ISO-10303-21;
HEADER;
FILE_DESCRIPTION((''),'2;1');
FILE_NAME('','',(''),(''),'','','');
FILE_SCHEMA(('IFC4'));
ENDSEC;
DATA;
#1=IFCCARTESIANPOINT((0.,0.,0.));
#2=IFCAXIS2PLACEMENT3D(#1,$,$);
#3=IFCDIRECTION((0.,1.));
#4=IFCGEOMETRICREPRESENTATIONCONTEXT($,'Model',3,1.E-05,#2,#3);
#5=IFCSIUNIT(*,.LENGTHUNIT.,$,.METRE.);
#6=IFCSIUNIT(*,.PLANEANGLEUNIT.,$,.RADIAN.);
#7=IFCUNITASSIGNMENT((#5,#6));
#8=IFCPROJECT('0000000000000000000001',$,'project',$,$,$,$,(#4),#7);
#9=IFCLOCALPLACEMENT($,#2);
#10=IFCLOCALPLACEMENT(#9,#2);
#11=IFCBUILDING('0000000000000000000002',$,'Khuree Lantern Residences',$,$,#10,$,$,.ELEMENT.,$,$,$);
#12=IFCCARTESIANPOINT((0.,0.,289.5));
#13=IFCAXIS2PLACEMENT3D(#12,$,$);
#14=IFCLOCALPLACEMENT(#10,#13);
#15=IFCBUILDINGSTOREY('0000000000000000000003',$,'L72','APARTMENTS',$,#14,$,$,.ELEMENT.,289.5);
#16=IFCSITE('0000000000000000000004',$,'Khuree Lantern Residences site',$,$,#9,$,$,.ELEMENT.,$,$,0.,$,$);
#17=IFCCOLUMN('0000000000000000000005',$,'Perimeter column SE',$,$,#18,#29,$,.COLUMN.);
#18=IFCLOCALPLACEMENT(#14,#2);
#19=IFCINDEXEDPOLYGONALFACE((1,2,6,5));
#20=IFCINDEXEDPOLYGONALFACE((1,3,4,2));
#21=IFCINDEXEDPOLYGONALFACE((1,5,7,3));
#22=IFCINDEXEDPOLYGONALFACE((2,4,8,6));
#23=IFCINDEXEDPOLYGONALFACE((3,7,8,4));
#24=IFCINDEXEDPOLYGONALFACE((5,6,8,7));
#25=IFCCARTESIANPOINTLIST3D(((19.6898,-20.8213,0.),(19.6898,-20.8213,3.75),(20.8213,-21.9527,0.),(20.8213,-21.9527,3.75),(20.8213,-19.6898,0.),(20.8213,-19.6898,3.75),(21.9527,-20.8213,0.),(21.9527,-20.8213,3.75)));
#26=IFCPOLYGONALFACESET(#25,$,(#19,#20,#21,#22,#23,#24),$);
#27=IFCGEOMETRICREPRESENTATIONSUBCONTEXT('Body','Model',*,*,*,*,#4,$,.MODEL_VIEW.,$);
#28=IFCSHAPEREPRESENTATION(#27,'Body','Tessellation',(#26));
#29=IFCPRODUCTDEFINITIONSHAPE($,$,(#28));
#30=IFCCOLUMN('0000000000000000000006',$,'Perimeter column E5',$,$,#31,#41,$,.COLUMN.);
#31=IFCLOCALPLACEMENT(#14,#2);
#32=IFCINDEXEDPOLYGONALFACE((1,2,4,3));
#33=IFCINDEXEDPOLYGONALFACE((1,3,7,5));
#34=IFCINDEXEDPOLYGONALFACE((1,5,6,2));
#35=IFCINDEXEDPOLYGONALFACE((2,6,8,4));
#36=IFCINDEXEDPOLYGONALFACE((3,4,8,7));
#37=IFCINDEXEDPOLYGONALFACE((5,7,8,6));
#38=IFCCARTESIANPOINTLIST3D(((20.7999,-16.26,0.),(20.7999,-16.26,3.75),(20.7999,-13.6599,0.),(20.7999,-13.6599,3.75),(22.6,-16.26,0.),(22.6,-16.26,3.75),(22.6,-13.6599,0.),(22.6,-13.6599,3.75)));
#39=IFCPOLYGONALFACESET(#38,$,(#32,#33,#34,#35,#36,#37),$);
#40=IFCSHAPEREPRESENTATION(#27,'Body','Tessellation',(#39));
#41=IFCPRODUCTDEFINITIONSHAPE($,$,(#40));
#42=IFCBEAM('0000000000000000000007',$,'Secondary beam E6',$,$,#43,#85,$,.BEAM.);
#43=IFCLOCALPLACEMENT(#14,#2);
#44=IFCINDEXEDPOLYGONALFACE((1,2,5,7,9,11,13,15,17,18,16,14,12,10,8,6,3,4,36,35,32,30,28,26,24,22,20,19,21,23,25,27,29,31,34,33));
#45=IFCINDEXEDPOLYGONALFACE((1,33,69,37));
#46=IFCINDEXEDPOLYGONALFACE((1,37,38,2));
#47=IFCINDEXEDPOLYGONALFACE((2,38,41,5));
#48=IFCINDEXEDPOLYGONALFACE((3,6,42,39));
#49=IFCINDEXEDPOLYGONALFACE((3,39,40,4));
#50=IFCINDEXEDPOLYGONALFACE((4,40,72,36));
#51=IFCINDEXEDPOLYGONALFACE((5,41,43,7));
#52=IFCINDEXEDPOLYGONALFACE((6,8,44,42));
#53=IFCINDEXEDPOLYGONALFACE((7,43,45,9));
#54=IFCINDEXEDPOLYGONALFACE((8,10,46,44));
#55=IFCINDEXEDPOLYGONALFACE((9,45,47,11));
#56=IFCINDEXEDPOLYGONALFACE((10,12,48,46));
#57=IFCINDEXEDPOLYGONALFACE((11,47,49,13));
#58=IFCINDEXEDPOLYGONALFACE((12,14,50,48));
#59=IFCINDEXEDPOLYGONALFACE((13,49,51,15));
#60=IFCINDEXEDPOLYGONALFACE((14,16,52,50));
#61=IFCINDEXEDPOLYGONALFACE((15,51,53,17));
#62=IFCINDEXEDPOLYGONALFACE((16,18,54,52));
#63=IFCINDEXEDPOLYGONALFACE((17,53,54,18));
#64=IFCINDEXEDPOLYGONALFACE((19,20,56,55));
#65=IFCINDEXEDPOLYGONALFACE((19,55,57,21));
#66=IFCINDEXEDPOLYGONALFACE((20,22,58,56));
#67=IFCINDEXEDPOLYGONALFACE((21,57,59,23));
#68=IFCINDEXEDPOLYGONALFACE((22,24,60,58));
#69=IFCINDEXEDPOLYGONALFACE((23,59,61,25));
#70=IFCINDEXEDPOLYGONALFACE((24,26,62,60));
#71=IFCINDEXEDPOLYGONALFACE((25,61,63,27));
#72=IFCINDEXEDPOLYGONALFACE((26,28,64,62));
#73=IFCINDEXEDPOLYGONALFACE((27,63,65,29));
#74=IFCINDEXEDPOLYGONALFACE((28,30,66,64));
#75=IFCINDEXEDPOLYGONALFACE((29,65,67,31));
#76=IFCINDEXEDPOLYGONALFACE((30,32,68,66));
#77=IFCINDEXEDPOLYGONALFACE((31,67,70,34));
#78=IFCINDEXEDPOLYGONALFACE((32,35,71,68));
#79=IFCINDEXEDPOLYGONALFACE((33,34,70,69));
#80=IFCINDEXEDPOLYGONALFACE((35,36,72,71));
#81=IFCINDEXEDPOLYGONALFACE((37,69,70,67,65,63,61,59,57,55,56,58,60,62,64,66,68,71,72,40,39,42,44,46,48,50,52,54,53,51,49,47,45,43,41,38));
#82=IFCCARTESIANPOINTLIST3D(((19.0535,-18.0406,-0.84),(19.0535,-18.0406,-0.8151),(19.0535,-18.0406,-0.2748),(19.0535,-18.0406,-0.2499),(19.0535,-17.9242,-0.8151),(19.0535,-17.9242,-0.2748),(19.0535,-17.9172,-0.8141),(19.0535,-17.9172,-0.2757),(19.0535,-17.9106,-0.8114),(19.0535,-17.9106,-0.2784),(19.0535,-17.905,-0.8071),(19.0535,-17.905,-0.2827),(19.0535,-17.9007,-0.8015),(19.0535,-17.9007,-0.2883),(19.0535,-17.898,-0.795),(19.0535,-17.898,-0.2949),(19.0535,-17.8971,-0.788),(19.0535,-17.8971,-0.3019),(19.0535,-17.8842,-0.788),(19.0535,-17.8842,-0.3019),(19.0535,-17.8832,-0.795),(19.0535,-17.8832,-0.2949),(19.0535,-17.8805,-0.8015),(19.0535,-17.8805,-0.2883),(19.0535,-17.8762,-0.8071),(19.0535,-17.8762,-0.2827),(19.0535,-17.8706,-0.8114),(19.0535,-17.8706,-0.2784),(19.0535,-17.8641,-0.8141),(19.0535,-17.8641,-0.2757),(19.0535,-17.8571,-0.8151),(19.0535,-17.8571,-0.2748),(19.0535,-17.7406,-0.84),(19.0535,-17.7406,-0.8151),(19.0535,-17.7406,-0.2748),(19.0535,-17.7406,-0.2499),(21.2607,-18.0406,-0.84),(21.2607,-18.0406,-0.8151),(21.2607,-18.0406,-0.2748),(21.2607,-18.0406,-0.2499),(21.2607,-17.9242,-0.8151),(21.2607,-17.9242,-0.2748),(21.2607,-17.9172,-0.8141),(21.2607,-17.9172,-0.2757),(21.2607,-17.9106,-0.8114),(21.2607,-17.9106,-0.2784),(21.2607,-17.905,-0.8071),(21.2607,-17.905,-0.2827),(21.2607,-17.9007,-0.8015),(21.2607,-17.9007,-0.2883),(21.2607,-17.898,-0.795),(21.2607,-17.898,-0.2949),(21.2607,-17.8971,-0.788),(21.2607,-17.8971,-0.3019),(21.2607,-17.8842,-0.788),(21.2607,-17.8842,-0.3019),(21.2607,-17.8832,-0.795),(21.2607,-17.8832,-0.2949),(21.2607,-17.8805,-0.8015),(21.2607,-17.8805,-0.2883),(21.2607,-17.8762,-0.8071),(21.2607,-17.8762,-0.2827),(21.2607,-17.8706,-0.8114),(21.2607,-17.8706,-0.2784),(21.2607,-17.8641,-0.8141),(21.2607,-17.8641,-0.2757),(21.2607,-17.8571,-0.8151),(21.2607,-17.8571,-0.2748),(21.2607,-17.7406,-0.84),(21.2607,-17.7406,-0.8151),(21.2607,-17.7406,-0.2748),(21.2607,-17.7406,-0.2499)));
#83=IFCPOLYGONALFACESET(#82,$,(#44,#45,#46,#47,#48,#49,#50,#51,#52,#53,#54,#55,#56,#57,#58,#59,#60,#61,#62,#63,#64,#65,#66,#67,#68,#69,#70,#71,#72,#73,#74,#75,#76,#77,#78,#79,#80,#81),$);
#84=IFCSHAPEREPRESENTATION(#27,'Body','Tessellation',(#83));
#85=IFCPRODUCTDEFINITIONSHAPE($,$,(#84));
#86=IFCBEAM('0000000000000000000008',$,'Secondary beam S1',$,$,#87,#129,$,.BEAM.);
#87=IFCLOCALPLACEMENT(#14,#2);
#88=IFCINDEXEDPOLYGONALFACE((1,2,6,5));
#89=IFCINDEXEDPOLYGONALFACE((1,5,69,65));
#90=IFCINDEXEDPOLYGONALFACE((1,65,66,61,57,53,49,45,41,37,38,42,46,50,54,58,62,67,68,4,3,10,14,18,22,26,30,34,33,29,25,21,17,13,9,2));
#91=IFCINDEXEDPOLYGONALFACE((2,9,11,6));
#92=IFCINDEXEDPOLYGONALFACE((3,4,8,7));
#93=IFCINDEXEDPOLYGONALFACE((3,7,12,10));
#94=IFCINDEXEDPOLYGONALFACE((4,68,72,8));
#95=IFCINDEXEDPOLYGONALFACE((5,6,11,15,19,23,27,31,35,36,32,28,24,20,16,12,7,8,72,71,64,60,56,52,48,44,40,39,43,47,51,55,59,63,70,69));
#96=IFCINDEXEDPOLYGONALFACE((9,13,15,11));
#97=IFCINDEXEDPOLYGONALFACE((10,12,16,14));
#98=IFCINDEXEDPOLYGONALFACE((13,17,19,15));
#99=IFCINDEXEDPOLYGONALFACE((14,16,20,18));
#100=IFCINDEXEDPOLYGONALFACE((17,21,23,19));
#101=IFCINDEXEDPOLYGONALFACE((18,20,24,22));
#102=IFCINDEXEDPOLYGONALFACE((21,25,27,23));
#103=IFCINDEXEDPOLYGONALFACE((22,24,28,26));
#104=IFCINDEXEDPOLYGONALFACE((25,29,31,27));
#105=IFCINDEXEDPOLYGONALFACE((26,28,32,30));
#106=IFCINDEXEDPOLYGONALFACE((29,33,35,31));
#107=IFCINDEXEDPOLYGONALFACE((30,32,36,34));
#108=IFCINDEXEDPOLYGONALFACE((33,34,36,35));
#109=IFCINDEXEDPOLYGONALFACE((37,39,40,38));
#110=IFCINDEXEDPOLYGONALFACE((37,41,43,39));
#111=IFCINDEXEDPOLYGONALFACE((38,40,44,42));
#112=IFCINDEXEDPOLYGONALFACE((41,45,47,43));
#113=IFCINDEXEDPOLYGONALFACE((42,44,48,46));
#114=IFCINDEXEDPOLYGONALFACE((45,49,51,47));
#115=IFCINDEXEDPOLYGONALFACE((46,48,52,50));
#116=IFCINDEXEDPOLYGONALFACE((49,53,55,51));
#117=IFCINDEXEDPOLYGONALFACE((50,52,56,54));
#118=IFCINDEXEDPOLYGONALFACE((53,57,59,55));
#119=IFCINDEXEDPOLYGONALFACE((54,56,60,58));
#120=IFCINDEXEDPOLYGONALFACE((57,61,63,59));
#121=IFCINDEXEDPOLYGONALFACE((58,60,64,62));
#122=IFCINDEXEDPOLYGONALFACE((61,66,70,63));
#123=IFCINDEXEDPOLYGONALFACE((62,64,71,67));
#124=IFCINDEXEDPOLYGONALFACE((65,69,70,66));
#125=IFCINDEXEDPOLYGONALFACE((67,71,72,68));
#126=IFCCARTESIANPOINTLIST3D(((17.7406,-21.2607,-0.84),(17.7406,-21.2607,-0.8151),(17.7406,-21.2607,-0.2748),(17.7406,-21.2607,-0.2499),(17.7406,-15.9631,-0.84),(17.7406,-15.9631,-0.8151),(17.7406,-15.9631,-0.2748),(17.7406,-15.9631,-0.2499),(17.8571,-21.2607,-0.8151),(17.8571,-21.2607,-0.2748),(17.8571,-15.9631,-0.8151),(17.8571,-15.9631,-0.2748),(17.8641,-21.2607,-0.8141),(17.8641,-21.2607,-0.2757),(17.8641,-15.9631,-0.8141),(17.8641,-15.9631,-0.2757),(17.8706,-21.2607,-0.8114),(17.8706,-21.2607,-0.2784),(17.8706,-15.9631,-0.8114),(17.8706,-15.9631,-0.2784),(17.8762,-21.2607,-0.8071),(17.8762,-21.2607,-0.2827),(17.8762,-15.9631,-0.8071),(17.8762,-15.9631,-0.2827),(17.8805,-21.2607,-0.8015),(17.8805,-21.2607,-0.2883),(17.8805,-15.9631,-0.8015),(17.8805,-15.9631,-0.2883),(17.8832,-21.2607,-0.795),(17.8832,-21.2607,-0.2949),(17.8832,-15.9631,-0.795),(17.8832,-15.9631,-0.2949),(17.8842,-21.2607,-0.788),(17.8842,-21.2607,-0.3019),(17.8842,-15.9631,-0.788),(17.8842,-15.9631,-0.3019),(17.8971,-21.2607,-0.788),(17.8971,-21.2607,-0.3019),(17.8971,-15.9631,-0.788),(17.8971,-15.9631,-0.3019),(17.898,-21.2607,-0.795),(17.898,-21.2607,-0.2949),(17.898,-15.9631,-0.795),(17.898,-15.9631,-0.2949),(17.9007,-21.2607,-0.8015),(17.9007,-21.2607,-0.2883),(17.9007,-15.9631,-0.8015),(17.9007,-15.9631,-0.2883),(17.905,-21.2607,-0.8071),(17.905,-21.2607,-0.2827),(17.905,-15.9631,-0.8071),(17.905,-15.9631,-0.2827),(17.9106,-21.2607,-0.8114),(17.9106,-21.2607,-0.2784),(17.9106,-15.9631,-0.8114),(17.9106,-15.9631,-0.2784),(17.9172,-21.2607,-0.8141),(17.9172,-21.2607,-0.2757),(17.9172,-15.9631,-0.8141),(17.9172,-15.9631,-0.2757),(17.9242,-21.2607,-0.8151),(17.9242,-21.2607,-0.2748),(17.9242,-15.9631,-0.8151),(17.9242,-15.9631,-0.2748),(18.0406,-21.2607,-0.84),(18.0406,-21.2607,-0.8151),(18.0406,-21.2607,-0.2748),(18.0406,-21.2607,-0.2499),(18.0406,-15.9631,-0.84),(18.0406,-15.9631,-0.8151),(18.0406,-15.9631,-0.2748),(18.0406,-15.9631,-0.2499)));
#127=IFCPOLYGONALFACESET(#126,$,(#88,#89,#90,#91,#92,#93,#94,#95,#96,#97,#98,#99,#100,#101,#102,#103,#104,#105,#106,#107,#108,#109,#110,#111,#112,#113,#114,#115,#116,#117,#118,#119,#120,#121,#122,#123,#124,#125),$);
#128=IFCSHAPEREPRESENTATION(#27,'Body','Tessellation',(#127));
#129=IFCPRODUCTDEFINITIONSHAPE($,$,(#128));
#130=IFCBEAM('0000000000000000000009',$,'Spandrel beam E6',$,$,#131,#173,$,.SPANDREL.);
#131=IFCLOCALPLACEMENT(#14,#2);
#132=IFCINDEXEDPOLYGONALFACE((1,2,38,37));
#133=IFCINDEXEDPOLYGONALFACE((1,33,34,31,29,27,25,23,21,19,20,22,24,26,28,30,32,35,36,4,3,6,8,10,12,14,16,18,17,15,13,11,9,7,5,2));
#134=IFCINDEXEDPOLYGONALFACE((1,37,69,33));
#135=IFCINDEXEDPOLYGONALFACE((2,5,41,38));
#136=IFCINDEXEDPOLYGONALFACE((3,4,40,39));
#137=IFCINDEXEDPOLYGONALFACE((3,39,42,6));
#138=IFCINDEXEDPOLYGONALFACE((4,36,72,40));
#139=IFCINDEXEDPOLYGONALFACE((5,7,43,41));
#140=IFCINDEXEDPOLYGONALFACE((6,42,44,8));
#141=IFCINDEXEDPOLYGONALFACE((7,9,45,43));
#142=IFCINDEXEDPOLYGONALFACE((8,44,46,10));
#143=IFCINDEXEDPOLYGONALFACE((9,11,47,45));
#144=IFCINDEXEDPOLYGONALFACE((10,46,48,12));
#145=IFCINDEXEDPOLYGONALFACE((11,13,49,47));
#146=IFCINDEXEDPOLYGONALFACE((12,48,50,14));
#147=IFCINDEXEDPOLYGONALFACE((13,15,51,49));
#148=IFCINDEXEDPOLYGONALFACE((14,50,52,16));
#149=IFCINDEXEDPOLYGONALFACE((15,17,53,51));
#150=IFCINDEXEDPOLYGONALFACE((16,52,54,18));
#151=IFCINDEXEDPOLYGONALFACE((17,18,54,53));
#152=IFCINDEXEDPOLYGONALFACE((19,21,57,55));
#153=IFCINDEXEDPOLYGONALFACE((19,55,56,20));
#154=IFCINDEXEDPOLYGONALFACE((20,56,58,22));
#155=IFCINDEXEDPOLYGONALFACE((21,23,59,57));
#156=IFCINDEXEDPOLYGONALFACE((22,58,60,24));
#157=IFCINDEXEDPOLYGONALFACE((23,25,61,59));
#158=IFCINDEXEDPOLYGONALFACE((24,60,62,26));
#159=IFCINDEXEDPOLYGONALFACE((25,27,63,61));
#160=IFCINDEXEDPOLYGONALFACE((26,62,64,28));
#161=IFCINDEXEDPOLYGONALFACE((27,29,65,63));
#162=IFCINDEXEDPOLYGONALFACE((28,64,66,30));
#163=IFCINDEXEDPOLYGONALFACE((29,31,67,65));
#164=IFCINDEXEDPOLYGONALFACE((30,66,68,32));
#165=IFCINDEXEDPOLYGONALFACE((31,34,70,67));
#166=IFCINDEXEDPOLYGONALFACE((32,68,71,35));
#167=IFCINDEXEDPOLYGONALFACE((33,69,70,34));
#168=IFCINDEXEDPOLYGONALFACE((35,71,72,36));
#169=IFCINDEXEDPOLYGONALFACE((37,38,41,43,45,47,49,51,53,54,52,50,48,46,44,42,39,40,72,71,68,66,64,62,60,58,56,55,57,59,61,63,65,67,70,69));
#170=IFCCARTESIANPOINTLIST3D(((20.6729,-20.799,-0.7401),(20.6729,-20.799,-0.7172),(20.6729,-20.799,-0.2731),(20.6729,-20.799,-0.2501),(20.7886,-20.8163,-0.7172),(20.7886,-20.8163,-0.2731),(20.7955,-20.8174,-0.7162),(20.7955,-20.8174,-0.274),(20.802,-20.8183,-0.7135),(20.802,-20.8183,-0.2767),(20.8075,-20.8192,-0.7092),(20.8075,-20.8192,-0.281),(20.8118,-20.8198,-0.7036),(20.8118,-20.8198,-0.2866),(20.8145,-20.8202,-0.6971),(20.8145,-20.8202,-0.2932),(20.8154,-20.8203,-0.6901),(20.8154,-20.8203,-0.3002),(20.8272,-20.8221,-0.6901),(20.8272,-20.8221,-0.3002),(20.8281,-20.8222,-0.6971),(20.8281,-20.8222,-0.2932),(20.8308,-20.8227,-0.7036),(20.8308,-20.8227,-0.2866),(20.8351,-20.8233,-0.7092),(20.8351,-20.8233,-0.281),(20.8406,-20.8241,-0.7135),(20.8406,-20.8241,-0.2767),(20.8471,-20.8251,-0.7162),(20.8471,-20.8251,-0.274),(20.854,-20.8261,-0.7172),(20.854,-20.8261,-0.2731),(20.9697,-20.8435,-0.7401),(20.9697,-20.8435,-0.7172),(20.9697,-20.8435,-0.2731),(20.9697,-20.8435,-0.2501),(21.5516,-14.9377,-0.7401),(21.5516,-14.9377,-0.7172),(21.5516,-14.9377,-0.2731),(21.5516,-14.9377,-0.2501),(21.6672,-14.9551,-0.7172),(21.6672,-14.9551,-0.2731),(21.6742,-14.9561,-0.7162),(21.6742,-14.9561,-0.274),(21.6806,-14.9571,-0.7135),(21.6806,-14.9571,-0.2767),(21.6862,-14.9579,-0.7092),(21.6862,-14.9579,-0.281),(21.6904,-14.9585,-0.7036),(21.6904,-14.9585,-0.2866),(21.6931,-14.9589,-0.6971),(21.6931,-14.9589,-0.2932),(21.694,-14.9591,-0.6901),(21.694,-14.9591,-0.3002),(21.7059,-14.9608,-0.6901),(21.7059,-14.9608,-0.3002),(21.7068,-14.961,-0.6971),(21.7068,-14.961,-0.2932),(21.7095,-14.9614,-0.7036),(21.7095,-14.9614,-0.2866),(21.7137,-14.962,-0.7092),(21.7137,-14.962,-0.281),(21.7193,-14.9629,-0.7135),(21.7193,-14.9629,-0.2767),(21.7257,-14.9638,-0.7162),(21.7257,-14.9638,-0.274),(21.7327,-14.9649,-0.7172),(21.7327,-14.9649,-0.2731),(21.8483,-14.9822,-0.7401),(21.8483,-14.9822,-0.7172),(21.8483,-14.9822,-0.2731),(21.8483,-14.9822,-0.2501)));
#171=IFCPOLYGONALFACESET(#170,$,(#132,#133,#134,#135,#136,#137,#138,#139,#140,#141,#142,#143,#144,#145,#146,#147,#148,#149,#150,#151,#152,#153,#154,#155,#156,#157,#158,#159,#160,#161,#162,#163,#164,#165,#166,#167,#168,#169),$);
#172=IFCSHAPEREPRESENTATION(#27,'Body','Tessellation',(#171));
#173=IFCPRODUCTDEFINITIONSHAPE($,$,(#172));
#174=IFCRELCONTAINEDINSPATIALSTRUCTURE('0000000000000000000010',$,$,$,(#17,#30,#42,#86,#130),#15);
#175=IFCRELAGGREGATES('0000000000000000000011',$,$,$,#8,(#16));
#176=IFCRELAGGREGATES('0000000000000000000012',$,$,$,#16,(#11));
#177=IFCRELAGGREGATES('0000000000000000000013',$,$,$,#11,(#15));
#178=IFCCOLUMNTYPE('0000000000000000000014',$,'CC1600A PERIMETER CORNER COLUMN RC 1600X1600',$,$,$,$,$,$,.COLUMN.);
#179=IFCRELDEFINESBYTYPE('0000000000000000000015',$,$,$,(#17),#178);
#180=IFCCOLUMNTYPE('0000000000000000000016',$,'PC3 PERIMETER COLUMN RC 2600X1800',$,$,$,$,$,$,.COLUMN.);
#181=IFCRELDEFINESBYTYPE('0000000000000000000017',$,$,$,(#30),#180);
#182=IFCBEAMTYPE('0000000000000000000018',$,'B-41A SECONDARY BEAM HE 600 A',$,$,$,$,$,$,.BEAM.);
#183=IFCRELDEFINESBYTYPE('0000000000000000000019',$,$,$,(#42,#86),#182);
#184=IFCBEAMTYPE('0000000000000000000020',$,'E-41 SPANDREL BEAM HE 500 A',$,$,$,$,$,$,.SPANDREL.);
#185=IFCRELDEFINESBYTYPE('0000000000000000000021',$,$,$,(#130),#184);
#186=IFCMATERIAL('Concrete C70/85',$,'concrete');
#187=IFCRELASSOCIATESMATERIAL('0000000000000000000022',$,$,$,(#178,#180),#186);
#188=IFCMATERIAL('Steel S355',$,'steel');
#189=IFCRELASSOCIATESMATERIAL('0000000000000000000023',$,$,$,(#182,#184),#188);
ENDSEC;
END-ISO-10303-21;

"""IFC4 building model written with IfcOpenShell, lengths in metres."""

from ifc_helpers import new_model, si_unit, direction, frame, origin, origin_2d, place, context, subcontext, project, spatial, rectangle, i_section, extrude, material, material_profile, profile_set, type_object, element, save


model = new_model("IFC4")

# Units and contexts
model_context = context("Model", 3, precision=1e-05, world=origin(), true_north=direction((0.0, 1.0)))
body_context = subcontext(model_context, "Body", "Model", "MODEL_VIEW")
ifc_project = project(units=[si_unit("LENGTHUNIT", "METRE"), si_unit("PLANEANGLEUNIT", "RADIAN")], contexts=[model_context])

# Site, building, storey
site_placement = place(None, origin())
site = spatial("IfcSite", under=ifc_project, at=site_placement, Name="Khuree Lantern Residences site", CompositionType="ELEMENT", RefElevation=0.0)
building_placement = place(site_placement, origin())
building = spatial("IfcBuilding", under=site, at=building_placement, Name="Khuree Lantern Residences", CompositionType="ELEMENT")
storey_placement = place(building_placement, frame((0.0, 0.0, 289.5)))
storey = spatial("IfcBuildingStorey", under=building, at=storey_placement, Name="L72", Description="APARTMENTS", CompositionType="ELEMENT", Elevation=289.5)

# Columns
ifc_material_1 = material(Name="Concrete C70/85", Category="concrete")
ifc_material_profile_1 = material_profile(ifc_material_1, rectangle(XDim=1.6001, YDim=1.6001, at=origin_2d()), Name="RC 1600X1600")
ifc_profile_set_1 = profile_set([ifc_material_profile_1], Name="Concrete C70/85")
column_type_1 = type_object("IfcColumnType", Name="CC1600A PERIMETER CORNER COLUMN RC 1600X1600", PredefinedType="COLUMN", material=ifc_profile_set_1)
column_1_placement = place(storey_placement, frame((20.8213, -20.8213, 0.0), z_axis=(0.0, 0.0, 1.0), x_axis=(0.707107, 0.707107, 0.0)))
element("IfcColumn", 1, at=column_1_placement, inside=storey, type_object=column_type_1, Name="Perimeter column SE", PredefinedType="COLUMN", context=body_context, shape_type="SweptSolid", body=[
    extrude(rectangle(XDim=1.6001, YDim=1.6001, at=origin_2d()), origin(), (0.0, 0.0, 1.0), 3.75),
])
ifc_material_profile_2 = material_profile(ifc_material_1, rectangle(XDim=2.6001, YDim=1.8, at=origin_2d()), Name="RC 2600X1800")
ifc_profile_set_2 = profile_set([ifc_material_profile_2], Name="Concrete C70/85")
column_type_2 = type_object("IfcColumnType", Name="PC3 PERIMETER COLUMN RC 2600X1800", PredefinedType="COLUMN", material=ifc_profile_set_2)
column_2_placement = place(storey_placement, frame((21.7, -14.96, 0.0), z_axis=(0.0, 0.0, 1.0), x_axis=(0.0, 1.0, 0.0)))
element("IfcColumn", 2, at=column_2_placement, inside=storey, type_object=column_type_2, Name="Perimeter column E5", PredefinedType="COLUMN", context=body_context, shape_type="SweptSolid", body=[
    extrude(rectangle(XDim=2.6001, YDim=1.8, at=origin_2d()), origin(), (0.0, 0.0, 1.0), 3.75),
])

# Beams
ifc_material_2 = material(Name="Steel S355", Category="steel")
ifc_material_profile_3 = material_profile(ifc_material_2, i_section(OverallWidth=0.3, OverallDepth=0.5901, WebThickness=0.0129, FlangeThickness=0.0249, FilletRadius=0.0271, at=origin_2d()), Name="HE 600 A")
ifc_profile_set_3 = profile_set([ifc_material_profile_3], Name="Steel S355")
beam_type_1 = type_object("IfcBeamType", Name="B-41A SECONDARY BEAM HE 600 A", PredefinedType="BEAM", material=ifc_profile_set_3)
beam_1_placement = place(storey_placement, frame((21.2607, -17.8906, -0.5449), z_axis=(-1.0, 0.0, 0.0), x_axis=(0.0, -1.0, 0.0)))
element("IfcBeam", 3, at=beam_1_placement, inside=storey, type_object=beam_type_1, Name="Secondary beam E6", PredefinedType="BEAM", context=body_context, shape_type="SweptSolid", body=[
    extrude(i_section(OverallWidth=0.3, OverallDepth=0.5901, WebThickness=0.0129, FlangeThickness=0.0249, FilletRadius=0.0271, at=origin_2d()), origin(), (0.0, 0.0, 1.0), 2.2073),
])
beam_2_placement = place(storey_placement, frame((17.8906, -21.2607, -0.5449), z_axis=(0.0, 1.0, 0.0), x_axis=(-1.0, 0.0, 0.0)))
element("IfcBeam", 4, at=beam_2_placement, inside=storey, type_object=beam_type_1, Name="Secondary beam S1", PredefinedType="BEAM", context=body_context, shape_type="SweptSolid", body=[
    extrude(i_section(OverallWidth=0.3, OverallDepth=0.5901, WebThickness=0.0129, FlangeThickness=0.0249, FilletRadius=0.0271, at=origin_2d()), origin(), (0.0, 0.0, 1.0), 5.2976),
])
ifc_material_profile_4 = material_profile(ifc_material_2, i_section(OverallWidth=0.3, OverallDepth=0.49, WebThickness=0.012, FlangeThickness=0.0229, FilletRadius=0.0271, at=origin_2d()), Name="HE 500 A")
ifc_profile_set_4 = profile_set([ifc_material_profile_4], Name="Steel S355")
beam_type_2 = type_object("IfcBeamType", Name="E-41 SPANDREL BEAM HE 500 A", PredefinedType="SPANDREL", material=ifc_profile_set_4)
for number, where, z_axis, x_axis, name in (
    (5, (21.7, -14.96, -0.4951), (-0.148252, -0.98895, 0.0), (0.98895, -0.148252, 0.0), "Spandrel beam E6"),
):
    element("IfcBeam", number, at=place(storey_placement, frame(where, z_axis=z_axis, x_axis=x_axis)), inside=storey, type_object=beam_type_2, Name=name, PredefinedType="SPANDREL", context=body_context, shape_type="SweptSolid", body=[
        extrude(i_section(OverallWidth=0.3, OverallDepth=0.49, WebThickness=0.012, FlangeThickness=0.0229, FilletRadius=0.0271, at=origin_2d()), origin(), (0.0, 0.0, 1.0), 5.9268),
    ])

save(model, "model.ifc")
